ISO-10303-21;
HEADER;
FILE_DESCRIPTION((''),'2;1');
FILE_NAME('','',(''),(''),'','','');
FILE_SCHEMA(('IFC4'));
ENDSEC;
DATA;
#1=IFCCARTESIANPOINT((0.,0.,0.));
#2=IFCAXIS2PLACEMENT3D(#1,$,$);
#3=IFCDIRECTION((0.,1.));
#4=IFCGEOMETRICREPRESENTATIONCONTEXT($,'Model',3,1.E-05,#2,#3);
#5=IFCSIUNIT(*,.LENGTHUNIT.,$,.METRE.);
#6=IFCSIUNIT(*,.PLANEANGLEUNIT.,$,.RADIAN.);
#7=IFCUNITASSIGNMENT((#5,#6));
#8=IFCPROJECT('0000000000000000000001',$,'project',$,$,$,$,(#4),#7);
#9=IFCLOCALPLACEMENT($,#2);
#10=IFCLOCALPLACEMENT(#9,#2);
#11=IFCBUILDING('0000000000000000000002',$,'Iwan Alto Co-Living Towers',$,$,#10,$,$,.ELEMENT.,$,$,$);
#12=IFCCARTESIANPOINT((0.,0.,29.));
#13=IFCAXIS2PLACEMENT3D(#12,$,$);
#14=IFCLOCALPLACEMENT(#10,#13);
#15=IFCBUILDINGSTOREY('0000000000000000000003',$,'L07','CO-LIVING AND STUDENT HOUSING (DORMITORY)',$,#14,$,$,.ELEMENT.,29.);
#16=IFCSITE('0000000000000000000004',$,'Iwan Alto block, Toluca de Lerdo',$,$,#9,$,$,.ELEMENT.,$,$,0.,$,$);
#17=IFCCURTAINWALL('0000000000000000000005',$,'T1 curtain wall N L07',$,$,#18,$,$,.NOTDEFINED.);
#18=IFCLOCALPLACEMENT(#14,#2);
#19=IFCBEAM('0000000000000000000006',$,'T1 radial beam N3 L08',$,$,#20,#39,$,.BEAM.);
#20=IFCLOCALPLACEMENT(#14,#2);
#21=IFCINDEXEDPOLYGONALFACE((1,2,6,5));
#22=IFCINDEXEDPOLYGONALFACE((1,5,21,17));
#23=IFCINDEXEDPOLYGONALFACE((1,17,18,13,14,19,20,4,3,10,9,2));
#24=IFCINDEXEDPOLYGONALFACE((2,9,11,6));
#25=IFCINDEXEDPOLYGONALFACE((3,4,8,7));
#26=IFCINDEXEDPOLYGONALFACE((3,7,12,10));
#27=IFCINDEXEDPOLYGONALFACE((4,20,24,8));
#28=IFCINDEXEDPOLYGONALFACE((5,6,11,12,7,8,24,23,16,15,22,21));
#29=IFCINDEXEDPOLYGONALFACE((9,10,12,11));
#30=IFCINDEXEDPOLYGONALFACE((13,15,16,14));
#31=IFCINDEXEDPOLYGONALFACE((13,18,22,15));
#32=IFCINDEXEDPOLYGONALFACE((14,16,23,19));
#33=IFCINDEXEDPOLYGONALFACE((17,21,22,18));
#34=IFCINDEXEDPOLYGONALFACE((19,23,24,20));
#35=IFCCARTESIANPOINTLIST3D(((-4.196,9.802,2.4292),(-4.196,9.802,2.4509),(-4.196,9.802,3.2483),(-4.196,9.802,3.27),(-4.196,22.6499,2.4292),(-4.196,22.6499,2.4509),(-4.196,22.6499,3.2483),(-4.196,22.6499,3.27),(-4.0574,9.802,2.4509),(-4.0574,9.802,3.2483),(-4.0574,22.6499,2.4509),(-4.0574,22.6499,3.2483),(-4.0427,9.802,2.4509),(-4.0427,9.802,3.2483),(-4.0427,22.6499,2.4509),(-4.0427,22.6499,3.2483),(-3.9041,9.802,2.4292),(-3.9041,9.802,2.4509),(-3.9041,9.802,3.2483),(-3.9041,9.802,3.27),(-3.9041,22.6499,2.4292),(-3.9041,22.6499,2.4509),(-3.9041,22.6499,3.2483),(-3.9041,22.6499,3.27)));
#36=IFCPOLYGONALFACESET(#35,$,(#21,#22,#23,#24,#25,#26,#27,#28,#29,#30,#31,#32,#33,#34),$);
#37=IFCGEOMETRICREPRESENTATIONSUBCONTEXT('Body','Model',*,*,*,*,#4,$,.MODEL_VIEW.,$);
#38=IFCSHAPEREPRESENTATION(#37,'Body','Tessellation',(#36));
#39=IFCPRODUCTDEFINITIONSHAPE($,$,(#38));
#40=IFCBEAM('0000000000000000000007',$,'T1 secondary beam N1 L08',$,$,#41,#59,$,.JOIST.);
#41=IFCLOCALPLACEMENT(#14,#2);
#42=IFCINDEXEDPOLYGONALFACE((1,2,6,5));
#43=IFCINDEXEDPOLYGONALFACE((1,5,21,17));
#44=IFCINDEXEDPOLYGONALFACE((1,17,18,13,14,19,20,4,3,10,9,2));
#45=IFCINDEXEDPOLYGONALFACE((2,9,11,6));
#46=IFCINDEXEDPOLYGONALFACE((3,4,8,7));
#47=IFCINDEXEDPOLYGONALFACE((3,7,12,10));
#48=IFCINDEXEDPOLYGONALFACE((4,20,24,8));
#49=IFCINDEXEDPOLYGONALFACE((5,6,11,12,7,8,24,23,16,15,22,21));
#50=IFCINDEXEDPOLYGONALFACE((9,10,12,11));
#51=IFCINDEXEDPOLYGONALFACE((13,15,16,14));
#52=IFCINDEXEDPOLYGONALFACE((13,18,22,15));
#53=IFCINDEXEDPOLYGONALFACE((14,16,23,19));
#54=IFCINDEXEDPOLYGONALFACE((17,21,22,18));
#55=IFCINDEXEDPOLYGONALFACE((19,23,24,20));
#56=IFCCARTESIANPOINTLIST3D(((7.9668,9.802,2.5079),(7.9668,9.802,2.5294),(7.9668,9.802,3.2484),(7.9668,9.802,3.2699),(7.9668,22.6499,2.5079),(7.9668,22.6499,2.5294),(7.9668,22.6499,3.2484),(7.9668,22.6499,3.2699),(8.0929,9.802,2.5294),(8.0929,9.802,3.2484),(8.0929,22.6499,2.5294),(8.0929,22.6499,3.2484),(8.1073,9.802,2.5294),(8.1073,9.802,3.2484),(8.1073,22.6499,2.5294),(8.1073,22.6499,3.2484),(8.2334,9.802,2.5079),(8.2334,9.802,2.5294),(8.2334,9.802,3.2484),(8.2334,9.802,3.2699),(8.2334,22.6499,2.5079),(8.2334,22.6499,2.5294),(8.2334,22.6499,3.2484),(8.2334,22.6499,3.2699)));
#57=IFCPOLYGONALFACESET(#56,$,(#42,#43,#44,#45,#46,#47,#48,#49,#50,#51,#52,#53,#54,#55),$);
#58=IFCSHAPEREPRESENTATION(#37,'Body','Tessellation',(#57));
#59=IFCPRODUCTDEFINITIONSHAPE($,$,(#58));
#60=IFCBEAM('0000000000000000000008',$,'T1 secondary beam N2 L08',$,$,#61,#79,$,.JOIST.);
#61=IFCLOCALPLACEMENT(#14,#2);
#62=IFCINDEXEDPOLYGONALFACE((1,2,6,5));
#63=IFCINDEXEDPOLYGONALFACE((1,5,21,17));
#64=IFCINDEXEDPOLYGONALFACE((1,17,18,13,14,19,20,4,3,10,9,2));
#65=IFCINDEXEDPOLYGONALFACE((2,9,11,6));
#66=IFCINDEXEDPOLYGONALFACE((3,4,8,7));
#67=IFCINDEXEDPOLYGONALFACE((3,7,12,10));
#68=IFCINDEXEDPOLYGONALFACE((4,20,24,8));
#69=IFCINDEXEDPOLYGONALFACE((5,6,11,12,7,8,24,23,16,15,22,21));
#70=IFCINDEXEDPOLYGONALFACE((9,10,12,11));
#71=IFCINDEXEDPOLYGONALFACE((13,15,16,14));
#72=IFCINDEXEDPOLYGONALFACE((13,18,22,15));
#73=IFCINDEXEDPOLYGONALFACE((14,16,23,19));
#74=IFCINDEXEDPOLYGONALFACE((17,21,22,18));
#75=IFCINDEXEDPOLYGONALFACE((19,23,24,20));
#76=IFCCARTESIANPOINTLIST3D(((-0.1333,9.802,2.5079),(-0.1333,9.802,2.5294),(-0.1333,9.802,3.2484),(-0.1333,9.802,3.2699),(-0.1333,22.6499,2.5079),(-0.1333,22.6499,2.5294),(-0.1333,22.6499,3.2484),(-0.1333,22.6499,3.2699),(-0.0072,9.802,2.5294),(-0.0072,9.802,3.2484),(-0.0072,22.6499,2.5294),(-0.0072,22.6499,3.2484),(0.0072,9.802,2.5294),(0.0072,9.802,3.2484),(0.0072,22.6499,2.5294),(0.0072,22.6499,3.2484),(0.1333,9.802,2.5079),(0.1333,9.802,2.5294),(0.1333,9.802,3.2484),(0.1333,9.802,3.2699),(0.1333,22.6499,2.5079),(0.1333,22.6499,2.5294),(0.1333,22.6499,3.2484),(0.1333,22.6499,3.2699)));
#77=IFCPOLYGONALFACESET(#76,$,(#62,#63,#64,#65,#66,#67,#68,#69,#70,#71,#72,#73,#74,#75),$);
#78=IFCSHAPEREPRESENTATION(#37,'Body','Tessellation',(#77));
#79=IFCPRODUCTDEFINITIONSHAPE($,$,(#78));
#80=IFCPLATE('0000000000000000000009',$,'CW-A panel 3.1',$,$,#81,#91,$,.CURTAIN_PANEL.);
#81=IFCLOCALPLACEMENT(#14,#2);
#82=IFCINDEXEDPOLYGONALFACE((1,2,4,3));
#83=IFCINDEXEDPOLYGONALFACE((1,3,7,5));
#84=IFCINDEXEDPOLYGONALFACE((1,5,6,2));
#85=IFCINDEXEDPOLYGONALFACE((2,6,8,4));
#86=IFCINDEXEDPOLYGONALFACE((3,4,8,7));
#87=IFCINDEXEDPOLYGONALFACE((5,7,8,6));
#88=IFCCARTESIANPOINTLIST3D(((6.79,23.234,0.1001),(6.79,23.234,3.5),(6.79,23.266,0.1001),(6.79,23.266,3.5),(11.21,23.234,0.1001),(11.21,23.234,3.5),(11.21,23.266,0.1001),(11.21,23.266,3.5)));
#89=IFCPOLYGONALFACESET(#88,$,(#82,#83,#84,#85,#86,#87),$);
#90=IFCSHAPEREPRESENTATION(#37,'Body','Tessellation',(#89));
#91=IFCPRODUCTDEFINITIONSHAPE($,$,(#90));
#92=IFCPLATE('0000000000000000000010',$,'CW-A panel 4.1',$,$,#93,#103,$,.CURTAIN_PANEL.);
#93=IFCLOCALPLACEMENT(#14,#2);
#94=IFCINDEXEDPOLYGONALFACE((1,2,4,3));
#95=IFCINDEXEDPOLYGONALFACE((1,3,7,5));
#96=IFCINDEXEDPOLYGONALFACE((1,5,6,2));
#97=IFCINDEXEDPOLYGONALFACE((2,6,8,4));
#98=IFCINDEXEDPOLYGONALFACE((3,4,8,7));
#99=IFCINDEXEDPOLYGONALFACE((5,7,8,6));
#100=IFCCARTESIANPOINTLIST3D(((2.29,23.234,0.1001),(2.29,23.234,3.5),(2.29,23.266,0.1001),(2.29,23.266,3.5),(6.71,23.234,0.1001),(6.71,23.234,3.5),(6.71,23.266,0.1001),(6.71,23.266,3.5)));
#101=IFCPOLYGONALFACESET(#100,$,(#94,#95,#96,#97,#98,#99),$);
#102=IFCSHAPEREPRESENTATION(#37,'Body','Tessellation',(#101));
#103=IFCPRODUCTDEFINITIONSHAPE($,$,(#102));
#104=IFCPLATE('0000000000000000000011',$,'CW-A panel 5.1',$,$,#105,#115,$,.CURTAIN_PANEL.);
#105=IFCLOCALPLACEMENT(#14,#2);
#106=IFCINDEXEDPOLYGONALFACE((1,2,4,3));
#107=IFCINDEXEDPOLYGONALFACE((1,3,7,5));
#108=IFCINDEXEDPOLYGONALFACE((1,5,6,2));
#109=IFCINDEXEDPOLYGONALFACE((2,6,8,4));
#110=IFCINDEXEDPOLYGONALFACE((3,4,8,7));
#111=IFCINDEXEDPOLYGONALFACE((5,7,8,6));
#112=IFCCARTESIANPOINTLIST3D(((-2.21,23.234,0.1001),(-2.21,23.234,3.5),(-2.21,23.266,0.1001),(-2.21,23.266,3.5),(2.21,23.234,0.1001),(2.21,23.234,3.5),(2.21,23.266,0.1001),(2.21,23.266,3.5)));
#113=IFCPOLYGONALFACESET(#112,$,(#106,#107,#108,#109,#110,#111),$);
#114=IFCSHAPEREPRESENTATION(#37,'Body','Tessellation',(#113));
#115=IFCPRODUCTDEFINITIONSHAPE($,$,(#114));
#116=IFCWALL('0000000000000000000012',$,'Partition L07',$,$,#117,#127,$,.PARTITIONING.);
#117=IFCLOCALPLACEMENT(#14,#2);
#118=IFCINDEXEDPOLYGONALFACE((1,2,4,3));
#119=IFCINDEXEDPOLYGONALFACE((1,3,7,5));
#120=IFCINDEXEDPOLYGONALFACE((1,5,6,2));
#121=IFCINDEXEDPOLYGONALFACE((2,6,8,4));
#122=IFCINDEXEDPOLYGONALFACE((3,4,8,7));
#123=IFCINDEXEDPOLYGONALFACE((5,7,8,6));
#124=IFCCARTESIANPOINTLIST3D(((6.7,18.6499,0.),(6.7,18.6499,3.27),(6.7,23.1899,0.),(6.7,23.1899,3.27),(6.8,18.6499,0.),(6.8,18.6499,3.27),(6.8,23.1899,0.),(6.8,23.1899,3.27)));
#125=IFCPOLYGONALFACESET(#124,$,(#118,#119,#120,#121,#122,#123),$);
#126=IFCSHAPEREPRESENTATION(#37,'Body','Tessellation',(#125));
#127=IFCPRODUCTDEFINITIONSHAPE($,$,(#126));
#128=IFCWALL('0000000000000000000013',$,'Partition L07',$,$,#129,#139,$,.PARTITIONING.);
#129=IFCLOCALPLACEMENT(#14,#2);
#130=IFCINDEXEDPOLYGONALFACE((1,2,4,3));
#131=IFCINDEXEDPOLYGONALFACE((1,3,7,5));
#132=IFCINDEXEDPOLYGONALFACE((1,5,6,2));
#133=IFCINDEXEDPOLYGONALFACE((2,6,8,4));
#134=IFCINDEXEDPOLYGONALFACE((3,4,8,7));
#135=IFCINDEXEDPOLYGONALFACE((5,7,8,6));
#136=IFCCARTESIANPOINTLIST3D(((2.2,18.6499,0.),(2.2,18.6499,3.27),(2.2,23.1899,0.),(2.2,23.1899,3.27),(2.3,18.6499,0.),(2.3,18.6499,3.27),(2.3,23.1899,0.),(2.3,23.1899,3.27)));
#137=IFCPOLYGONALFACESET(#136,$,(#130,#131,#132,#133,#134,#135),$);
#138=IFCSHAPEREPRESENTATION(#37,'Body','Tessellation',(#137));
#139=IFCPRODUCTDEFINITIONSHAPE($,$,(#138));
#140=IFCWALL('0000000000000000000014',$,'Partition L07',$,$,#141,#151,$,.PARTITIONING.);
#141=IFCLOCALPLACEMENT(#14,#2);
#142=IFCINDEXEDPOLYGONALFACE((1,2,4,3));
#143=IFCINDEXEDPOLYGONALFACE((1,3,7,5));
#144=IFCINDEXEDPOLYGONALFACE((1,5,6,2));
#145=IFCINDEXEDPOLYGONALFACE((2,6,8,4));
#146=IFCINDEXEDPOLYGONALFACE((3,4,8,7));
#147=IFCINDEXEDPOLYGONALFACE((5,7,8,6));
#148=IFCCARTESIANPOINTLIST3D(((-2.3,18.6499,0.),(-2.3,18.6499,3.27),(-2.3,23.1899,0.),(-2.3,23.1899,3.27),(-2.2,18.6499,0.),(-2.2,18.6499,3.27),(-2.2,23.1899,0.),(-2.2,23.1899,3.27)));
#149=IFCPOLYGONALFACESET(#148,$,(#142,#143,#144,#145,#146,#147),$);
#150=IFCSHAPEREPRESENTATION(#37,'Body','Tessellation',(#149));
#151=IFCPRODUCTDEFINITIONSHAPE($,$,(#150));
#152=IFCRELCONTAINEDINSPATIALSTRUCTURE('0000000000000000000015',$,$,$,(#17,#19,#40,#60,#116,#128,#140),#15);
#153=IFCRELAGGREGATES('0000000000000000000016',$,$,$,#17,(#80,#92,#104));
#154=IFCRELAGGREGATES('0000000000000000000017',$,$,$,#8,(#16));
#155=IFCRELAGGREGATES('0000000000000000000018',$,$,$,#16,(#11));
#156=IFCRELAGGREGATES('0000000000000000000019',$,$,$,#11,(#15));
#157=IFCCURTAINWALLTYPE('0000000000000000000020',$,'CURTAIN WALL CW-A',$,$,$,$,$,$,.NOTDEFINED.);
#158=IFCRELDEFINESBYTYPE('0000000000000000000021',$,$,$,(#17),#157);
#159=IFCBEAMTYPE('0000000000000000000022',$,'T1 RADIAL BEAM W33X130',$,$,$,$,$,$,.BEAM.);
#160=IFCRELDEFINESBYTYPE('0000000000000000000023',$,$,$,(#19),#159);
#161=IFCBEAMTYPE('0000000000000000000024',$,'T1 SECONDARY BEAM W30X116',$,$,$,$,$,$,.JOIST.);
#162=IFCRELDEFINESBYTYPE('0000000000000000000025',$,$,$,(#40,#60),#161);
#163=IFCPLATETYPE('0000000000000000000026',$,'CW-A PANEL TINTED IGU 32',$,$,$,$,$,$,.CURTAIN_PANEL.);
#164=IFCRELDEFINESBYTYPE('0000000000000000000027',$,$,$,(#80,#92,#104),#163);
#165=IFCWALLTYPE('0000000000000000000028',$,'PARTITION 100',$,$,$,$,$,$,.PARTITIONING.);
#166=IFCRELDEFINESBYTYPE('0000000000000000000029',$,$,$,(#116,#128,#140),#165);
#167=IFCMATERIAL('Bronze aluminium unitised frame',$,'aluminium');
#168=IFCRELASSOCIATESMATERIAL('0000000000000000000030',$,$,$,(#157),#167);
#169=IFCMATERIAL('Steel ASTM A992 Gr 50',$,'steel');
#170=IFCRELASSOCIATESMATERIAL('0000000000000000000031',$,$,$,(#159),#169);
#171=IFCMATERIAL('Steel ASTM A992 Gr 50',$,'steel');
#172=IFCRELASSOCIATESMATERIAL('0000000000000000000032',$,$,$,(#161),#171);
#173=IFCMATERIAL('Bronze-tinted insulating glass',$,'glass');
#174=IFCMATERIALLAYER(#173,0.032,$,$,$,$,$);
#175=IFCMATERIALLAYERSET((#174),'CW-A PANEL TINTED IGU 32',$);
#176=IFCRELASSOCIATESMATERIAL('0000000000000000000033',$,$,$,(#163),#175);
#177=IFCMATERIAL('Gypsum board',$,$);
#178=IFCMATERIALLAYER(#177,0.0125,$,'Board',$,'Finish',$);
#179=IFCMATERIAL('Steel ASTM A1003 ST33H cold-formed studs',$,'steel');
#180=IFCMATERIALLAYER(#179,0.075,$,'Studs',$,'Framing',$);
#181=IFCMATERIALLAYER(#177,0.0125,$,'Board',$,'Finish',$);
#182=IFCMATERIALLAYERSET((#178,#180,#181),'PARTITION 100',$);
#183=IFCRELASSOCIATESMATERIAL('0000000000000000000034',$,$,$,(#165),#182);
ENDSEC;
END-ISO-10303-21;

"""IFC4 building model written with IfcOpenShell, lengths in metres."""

from ifc_helpers import new_model, si_unit, direction, frame, frame_2d, origin, origin_2d, place, context, subcontext, project, spatial, rectangle, i_section, extrude, material, layer, layer_set, material_profile, profile_set, type_object, element, aggregate, save


model = new_model("IFC4")

# Units and contexts
model_context = context("Model", 3, precision=1e-05, world=origin(), true_north=direction((0.0, 1.0)))
body_context = subcontext(model_context, "Body", "Model", "MODEL_VIEW")
ifc_project = project(units=[si_unit("LENGTHUNIT", "METRE"), si_unit("PLANEANGLEUNIT", "RADIAN")], contexts=[model_context])

# Site, building, storey
site_placement = place(None, origin())
site = spatial("IfcSite", under=ifc_project, at=site_placement, Name="Iwan Alto block, Toluca de Lerdo", CompositionType="ELEMENT", RefElevation=0.0)
building_placement = place(site_placement, origin())
building = spatial("IfcBuilding", under=site, at=building_placement, Name="Iwan Alto Co-Living Towers", CompositionType="ELEMENT")
storey_placement = place(building_placement, frame((0.0, 0.0, 29.0)))
storey = spatial("IfcBuildingStorey", under=building, at=storey_placement, Name="L07", Description="CO-LIVING AND STUDENT HOUSING (DORMITORY)", CompositionType="ELEMENT", Elevation=29.0)

# Curtain wall
ifc_material_1 = material(Name="Bronze aluminium unitised frame", Category="aluminium")
curtain_wall_type = type_object("IfcCurtainWallType", Name="CURTAIN WALL CW-A", PredefinedType="NOTDEFINED", material=ifc_material_1)
curtain_wall_placement = place(storey_placement, origin())
curtain_wall = element("IfcCurtainWall", 1, at=curtain_wall_placement, inside=storey, type_object=curtain_wall_type, Name="T1 curtain wall N L07", PredefinedType="NOTDEFINED")

# Beams
ifc_material_2 = material(Name="Steel ASTM A992 Gr 50", Category="steel")
ifc_material_profile_1 = material_profile(ifc_material_2, i_section(OverallWidth=0.292, OverallDepth=0.8408, WebThickness=0.0146, FlangeThickness=0.0217, at=origin_2d()), Name="W33X130")
ifc_profile_set_1 = profile_set([ifc_material_profile_1], Name="Steel ASTM A992 Gr 50")
beam_type_1 = type_object("IfcBeamType", Name="T1 RADIAL BEAM W33X130", PredefinedType="BEAM", material=ifc_profile_set_1)
for number, where, z_axis, x_axis, name in (
    (2, (-4.05, 22.6499, 2.8496), (0.0, -1.0, 0.0), (1.0, 0.0, 0.0), "T1 radial beam N3 L08"),
):
    element("IfcBeam", number, at=place(storey_placement, frame(where, z_axis=z_axis, x_axis=x_axis)), inside=storey, type_object=beam_type_1, Name=name, PredefinedType="BEAM", context=body_context, shape_type="SweptSolid", body=[
        extrude(i_section(OverallWidth=0.292, OverallDepth=0.8408, WebThickness=0.0146, FlangeThickness=0.0217, at=origin_2d()), origin(), (0.0, 0.0, 1.0), 12.8479),
    ])
ifc_material_3 = material(Name="Steel ASTM A992 Gr 50", Category="steel")
ifc_material_profile_2 = material_profile(ifc_material_3, i_section(OverallWidth=0.2666, OverallDepth=0.762, WebThickness=0.0144, FlangeThickness=0.0215, at=origin_2d()), Name="W30X116")
ifc_profile_set_2 = profile_set([ifc_material_profile_2], Name="Steel ASTM A992 Gr 50")
beam_type_2 = type_object("IfcBeamType", Name="T1 SECONDARY BEAM W30X116", PredefinedType="JOIST", material=ifc_profile_set_2)
for number, where, z_axis, x_axis, name in (
    (3, (8.1001, 22.6499, 2.8889), (0.0, -1.0, 0.0), (1.0, 0.0, 0.0), "T1 secondary beam N1 L08"),
    (4, (0.0, 22.6499, 2.8889), (0.0, -1.0, 0.0), (1.0, 0.0, 0.0), "T1 secondary beam N2 L08"),
):
    element("IfcBeam", number, at=place(storey_placement, frame(where, z_axis=z_axis, x_axis=x_axis)), inside=storey, type_object=beam_type_2, Name=name, PredefinedType="JOIST", context=body_context, shape_type="SweptSolid", body=[
        extrude(i_section(OverallWidth=0.2666, OverallDepth=0.762, WebThickness=0.0144, FlangeThickness=0.0215, at=origin_2d()), origin(), (0.0, 0.0, 1.0), 12.8479),
    ])

# Plates
ifc_material_4 = material(Name="Bronze-tinted insulating glass", Category="glass")
ifc_layer_1 = layer(ifc_material_4, 0.032)
ifc_layer_set_1 = layer_set([ifc_layer_1], Name="CW-A PANEL TINTED IGU 32")
plate_type = type_object("IfcPlateType", Name="CW-A PANEL TINTED IGU 32", PredefinedType="CURTAIN_PANEL", material=ifc_layer_set_1)
plate_1_placement = place(storey_placement, frame((9.0, 23.25, 0.1001), z_axis=(0.0, 0.0, 1.0), x_axis=(-1.0, 0.0, 0.0)))
plate_1 = element("IfcPlate", 5, at=plate_1_placement, type_object=plate_type, Name="CW-A panel 3.1", PredefinedType="CURTAIN_PANEL", context=body_context, shape_type="SweptSolid", body=[
    extrude(rectangle(XDim=4.4199, YDim=0.032, at=origin_2d()), origin(), (0.0, 0.0, 1.0), 3.3999),
])
plate_2_placement = place(storey_placement, frame((4.5, 23.25, 0.1001), z_axis=(0.0, 0.0, 1.0), x_axis=(-1.0, 0.0, 0.0)))
plate_2 = element("IfcPlate", 6, at=plate_2_placement, type_object=plate_type, Name="CW-A panel 4.1", PredefinedType="CURTAIN_PANEL", context=body_context, shape_type="SweptSolid", body=[
    extrude(rectangle(XDim=4.4199, YDim=0.032, at=origin_2d()), origin(), (0.0, 0.0, 1.0), 3.3999),
])
plate_3_placement = place(storey_placement, frame((0.0, 23.25, 0.1001), z_axis=(0.0, 0.0, 1.0), x_axis=(-1.0, 0.0, 0.0)))
plate_3 = element("IfcPlate", 7, at=plate_3_placement, type_object=plate_type, Name="CW-A panel 5.1", PredefinedType="CURTAIN_PANEL", context=body_context, shape_type="SweptSolid", body=[
    extrude(rectangle(XDim=4.4199, YDim=0.032, at=origin_2d()), origin(), (0.0, 0.0, 1.0), 3.3999),
])
aggregate(curtain_wall, [plate_1, plate_2, plate_3])

# Walls
ifc_material_5 = material(Name="Gypsum board")
ifc_layer_2 = layer(ifc_material_5, 0.0125, Name="Board", Category="Finish")
ifc_material_6 = material(Name="Steel ASTM A1003 ST33H cold-formed studs", Category="steel")
ifc_layer_3 = layer(ifc_material_6, 0.075, Name="Studs", Category="Framing")
ifc_layer_4 = layer(ifc_material_5, 0.0125, Name="Board", Category="Finish")
ifc_layer_set_2 = layer_set([ifc_layer_2, ifc_layer_3, ifc_layer_4], Name="PARTITION 100")
wall_type_1 = type_object("IfcWallType", Name="PARTITION 100", PredefinedType="PARTITIONING", material=ifc_layer_set_2)
for number, where, z_axis, x_axis, name in (
    (8, (6.75, 18.6499, 0.0), (0.0, 0.0, 1.0), (0.0, 1.0, 0.0), "Partition L07"),
    (9, (2.25, 18.6499, 0.0), (0.0, 0.0, 1.0), (0.0, 1.0, 0.0), "Partition L07"),
    (10, (-2.25, 18.6499, 0.0), (0.0, 0.0, 1.0), (0.0, 1.0, 0.0), "Partition L07"),
):
    element("IfcWall", number, at=place(storey_placement, frame(where, z_axis=z_axis, x_axis=x_axis)), inside=storey, type_object=wall_type_1, Name=name, PredefinedType="PARTITIONING", context=body_context, shape_type="SweptSolid", body=[
        extrude(rectangle(XDim=4.54, YDim=0.1001, at=frame_2d((2.27, 0.0))), origin(), (0.0, 0.0, 1.0), 3.27),
    ])

save(model, "model.ifc")
